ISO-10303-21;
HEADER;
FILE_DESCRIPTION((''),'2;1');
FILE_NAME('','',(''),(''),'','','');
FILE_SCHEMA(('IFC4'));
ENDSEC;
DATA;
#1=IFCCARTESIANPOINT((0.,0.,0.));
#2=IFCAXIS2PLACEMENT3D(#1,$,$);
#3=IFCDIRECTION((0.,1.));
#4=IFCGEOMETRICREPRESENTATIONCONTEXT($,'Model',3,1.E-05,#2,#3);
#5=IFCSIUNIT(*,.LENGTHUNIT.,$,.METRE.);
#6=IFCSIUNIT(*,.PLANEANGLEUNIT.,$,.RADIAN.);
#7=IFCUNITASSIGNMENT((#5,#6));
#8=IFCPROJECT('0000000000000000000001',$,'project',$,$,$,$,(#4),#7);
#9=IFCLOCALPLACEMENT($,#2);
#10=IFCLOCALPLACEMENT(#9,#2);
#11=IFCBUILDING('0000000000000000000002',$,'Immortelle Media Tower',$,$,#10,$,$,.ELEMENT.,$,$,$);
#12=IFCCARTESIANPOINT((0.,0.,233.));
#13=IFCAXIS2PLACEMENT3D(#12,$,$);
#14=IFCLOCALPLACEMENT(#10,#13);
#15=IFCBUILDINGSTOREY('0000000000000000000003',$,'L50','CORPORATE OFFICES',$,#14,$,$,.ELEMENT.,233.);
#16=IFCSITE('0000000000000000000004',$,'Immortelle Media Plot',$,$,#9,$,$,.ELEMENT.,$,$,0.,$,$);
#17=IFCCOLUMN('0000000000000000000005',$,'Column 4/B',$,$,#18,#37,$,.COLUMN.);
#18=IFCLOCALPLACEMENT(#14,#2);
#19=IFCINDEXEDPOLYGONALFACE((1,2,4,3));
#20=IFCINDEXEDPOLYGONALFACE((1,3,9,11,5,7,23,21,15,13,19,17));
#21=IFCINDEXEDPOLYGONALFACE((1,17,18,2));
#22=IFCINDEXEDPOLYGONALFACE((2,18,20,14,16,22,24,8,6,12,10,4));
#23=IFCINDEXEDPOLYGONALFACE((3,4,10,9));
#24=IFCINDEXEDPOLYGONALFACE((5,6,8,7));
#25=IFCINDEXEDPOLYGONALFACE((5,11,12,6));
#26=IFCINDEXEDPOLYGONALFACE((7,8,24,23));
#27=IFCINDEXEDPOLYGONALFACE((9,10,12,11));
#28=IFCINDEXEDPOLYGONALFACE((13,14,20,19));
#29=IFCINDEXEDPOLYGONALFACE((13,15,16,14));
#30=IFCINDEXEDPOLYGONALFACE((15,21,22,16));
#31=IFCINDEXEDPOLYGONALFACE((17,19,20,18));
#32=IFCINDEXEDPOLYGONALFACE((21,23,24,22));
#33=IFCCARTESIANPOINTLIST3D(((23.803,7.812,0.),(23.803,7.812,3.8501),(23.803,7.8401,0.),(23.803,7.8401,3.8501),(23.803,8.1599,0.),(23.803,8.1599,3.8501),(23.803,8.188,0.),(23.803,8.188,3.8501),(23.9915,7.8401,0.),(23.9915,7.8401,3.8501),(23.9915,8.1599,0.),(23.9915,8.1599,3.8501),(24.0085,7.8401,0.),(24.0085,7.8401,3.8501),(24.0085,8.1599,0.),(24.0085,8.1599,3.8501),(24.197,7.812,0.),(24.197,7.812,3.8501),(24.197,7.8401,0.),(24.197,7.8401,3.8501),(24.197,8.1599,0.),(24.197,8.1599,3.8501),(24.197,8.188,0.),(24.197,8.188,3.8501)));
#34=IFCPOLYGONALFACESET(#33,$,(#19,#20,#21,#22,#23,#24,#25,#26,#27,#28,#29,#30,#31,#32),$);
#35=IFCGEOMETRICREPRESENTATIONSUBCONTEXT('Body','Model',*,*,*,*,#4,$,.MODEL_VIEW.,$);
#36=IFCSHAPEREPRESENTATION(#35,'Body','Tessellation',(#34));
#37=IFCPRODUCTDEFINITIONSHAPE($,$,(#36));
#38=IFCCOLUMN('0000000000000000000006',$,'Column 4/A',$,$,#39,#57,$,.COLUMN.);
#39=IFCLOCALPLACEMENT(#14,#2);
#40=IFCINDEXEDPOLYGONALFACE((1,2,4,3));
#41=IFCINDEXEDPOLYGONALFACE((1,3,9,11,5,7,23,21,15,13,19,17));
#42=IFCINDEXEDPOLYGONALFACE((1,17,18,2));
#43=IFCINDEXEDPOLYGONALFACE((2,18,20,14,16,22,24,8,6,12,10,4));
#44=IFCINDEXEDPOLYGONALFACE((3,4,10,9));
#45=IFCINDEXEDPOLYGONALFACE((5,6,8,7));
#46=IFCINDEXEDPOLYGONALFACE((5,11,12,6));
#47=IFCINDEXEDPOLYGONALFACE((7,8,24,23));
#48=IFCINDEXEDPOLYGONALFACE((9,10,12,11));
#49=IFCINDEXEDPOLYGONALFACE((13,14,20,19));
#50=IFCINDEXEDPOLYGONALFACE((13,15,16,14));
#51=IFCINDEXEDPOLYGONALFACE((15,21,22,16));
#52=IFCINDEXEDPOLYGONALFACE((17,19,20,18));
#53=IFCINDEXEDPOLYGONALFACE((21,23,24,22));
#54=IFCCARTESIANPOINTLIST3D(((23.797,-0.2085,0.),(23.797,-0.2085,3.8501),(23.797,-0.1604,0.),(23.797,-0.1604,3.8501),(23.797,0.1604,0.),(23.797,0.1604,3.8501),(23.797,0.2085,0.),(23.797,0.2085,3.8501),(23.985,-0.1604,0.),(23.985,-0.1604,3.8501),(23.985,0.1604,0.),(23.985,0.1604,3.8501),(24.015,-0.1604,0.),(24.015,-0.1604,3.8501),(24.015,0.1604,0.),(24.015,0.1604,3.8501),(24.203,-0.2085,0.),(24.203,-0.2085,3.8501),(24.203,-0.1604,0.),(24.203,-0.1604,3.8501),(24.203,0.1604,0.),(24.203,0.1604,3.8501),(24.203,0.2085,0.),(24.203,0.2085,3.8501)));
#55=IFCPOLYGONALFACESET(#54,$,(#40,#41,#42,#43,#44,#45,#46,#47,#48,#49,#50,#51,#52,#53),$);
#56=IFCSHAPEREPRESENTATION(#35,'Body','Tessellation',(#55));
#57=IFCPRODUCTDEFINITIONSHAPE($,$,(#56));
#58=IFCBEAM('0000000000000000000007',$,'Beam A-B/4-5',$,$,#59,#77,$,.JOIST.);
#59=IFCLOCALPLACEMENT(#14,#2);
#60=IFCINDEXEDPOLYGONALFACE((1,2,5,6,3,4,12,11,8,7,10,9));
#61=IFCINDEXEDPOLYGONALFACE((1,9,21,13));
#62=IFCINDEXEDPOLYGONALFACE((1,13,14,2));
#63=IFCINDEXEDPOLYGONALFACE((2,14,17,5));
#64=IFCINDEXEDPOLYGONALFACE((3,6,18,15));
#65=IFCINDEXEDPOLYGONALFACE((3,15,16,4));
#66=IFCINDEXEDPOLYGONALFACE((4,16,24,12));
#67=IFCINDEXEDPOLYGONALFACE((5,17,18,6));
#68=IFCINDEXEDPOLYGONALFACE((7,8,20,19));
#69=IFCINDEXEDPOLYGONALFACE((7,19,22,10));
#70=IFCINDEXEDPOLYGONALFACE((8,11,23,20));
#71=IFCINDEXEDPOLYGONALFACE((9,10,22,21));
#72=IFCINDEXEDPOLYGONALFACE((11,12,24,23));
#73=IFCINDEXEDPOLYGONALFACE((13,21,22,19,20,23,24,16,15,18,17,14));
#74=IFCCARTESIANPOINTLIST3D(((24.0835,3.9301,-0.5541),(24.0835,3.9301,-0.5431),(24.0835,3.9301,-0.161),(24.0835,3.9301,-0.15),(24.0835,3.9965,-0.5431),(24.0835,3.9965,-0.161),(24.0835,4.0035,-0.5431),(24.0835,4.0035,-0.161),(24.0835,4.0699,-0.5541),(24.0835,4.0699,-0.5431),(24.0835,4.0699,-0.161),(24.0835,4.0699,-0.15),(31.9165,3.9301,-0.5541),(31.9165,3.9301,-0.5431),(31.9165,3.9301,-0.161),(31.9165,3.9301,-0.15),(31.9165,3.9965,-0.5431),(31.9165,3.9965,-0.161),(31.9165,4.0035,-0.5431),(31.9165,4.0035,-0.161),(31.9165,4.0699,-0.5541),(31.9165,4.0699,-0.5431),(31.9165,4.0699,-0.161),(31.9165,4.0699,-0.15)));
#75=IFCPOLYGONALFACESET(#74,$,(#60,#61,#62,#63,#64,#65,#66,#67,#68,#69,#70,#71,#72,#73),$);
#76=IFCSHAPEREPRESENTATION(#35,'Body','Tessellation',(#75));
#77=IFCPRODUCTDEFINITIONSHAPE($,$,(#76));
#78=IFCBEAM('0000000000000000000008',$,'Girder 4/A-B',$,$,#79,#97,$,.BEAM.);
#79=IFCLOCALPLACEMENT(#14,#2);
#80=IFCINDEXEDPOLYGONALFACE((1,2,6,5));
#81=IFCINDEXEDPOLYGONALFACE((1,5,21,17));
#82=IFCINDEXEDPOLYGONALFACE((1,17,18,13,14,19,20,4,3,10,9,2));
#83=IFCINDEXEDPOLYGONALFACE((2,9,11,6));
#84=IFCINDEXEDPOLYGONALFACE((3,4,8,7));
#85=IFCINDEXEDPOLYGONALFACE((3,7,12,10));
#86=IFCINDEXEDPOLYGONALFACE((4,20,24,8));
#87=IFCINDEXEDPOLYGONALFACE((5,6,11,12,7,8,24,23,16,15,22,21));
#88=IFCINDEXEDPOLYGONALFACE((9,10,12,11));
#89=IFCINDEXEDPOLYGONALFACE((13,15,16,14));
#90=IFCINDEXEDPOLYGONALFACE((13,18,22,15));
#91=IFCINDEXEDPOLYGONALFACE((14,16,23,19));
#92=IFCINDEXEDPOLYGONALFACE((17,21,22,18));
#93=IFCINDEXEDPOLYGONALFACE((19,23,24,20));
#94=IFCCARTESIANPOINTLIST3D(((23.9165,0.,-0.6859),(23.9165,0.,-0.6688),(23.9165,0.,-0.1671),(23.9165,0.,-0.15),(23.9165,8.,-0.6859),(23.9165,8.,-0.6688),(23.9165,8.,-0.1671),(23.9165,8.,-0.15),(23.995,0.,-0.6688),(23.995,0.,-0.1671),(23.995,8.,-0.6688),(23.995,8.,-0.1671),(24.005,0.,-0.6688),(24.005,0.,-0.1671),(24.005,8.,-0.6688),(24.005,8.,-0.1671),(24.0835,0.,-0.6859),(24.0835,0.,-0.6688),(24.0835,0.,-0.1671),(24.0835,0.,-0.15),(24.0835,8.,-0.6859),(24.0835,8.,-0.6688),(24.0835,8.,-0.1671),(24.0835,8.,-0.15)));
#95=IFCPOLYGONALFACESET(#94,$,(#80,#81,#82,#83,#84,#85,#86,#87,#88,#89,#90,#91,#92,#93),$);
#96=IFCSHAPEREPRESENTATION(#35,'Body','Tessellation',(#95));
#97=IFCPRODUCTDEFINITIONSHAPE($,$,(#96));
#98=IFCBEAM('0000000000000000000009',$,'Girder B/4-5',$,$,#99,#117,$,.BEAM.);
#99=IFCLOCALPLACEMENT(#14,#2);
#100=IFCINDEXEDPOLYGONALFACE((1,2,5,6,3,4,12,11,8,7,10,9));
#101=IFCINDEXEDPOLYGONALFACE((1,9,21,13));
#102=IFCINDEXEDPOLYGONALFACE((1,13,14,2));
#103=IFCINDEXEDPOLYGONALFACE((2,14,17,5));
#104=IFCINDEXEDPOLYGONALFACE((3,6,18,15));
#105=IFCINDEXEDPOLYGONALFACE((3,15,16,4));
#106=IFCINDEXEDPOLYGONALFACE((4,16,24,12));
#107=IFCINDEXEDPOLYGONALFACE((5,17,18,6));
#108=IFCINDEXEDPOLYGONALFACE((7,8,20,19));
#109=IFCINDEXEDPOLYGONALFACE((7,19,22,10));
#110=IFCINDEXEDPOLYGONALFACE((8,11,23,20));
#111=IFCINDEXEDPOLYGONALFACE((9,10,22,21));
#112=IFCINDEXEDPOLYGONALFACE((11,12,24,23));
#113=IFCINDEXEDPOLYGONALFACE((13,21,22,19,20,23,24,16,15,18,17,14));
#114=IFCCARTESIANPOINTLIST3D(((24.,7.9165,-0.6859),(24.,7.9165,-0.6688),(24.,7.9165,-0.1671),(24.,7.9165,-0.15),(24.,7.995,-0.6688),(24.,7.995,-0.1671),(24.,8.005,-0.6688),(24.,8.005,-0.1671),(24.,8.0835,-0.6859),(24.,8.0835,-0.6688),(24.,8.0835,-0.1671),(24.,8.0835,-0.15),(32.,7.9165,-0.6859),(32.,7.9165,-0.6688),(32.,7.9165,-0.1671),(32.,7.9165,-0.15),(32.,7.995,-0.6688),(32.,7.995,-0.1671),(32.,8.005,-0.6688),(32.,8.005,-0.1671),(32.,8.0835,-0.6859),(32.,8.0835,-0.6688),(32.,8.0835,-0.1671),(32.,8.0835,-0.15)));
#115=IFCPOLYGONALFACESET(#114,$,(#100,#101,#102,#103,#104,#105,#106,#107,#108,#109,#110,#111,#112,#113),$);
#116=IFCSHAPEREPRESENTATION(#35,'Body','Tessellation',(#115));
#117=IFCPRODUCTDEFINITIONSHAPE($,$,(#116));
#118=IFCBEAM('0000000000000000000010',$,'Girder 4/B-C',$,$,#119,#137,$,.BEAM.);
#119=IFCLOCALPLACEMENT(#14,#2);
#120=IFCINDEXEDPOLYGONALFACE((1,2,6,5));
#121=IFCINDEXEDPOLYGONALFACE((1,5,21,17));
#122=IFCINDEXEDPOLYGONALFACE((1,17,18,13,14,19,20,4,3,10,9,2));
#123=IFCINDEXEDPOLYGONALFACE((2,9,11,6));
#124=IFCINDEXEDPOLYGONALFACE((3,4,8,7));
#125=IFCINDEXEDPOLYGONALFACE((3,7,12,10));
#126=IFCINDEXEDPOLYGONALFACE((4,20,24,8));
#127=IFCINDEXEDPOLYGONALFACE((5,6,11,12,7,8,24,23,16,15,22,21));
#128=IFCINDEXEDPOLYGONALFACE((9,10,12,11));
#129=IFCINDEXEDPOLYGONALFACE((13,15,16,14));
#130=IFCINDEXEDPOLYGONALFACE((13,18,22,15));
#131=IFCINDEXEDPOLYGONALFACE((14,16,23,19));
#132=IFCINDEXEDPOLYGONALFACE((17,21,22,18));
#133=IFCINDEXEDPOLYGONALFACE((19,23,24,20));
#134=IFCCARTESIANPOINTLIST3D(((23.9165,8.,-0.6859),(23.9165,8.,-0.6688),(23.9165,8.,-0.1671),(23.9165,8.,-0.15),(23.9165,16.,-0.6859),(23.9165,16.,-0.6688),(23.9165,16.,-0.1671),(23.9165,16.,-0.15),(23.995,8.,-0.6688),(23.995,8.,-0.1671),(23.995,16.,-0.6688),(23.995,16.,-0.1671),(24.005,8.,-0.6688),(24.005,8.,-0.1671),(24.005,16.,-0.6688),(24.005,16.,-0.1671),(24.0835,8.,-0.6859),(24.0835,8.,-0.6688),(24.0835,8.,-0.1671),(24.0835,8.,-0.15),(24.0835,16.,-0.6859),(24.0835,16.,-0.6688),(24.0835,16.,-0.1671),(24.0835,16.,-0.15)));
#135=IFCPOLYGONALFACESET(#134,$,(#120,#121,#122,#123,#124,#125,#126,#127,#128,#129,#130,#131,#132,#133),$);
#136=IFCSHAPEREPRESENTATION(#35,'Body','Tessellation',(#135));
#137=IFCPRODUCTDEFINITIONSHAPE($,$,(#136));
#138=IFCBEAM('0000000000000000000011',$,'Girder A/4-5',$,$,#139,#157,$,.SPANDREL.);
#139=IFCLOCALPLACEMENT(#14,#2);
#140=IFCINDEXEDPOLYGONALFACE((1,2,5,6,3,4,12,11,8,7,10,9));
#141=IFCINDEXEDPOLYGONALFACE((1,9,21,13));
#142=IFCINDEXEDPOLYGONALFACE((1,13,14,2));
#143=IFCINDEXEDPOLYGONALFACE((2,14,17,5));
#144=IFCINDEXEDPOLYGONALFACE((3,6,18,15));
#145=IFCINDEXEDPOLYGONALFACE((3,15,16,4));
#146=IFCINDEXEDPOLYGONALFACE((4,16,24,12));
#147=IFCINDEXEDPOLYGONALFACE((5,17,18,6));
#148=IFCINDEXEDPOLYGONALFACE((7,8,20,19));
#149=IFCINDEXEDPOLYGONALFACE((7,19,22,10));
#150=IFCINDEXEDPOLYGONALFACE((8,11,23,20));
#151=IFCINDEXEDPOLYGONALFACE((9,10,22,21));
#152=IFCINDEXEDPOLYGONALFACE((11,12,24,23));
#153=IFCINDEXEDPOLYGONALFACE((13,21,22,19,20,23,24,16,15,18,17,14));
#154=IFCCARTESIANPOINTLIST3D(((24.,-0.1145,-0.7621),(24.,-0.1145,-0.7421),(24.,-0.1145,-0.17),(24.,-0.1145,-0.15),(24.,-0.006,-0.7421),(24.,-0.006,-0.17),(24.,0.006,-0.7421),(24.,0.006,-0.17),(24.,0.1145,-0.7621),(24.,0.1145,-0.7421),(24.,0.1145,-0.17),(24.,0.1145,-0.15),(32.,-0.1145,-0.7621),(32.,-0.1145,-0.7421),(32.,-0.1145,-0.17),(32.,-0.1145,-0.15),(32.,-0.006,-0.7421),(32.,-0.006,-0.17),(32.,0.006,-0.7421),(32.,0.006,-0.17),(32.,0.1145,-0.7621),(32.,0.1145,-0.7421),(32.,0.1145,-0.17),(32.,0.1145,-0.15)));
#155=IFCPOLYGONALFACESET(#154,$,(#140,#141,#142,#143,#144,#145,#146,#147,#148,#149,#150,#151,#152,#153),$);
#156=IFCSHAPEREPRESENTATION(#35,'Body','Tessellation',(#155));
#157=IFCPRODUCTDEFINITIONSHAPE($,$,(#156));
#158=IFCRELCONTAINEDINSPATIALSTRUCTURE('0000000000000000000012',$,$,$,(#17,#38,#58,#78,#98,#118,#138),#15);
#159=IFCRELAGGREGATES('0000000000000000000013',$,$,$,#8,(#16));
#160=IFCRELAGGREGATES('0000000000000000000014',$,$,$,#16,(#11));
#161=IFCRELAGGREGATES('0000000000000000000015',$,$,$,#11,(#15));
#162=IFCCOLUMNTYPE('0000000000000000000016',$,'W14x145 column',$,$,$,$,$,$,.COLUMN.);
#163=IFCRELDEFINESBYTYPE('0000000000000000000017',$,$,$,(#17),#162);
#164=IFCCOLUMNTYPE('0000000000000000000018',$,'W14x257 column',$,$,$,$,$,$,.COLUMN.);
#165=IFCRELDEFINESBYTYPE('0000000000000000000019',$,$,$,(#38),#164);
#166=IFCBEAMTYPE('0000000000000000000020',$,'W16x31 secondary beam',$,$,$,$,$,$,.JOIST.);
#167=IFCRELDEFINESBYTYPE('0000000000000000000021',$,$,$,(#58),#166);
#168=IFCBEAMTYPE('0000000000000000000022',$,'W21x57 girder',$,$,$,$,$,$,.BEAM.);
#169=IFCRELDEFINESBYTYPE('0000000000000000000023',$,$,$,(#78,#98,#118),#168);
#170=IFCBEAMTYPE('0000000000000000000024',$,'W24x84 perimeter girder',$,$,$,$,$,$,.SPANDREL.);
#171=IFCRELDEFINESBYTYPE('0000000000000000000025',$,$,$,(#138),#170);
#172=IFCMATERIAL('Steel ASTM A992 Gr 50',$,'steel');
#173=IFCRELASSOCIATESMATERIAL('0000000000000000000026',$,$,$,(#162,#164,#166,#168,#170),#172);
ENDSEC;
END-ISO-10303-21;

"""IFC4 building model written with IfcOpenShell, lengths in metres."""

from ifc_helpers import new_model, si_unit, direction, frame, origin, origin_2d, place, context, subcontext, project, spatial, i_section, extrude, material, material_profile, profile_set, type_object, element, save


model = new_model("IFC4")

# Units and contexts
model_context = context("Model", 3, precision=1e-05, world=origin(), true_north=direction((0.0, 1.0)))
body_context = subcontext(model_context, "Body", "Model", "MODEL_VIEW")
ifc_project = project(units=[si_unit("LENGTHUNIT", "METRE"), si_unit("PLANEANGLEUNIT", "RADIAN")], contexts=[model_context])

# Site, building, storey
site_placement = place(None, origin())
site = spatial("IfcSite", under=ifc_project, at=site_placement, Name="Immortelle Media Plot", CompositionType="ELEMENT", RefElevation=0.0)
building_placement = place(site_placement, origin())
building = spatial("IfcBuilding", under=site, at=building_placement, Name="Immortelle Media Tower", CompositionType="ELEMENT")
storey_placement = place(building_placement, frame((0.0, 0.0, 233.0)))
storey = spatial("IfcBuildingStorey", under=building, at=storey_placement, Name="L50", Description="CORPORATE OFFICES", CompositionType="ELEMENT", Elevation=233.0)

# Columns
ifc_material_1 = material(Name="Steel ASTM A992 Gr 50", Category="steel")
ifc_material_profile_1 = material_profile(ifc_material_1, i_section(OverallWidth=0.394, OverallDepth=0.376, WebThickness=0.0171, FlangeThickness=0.0281, at=origin_2d()), Name="W14x145")
ifc_profile_set_1 = profile_set([ifc_material_profile_1], Name="Steel ASTM A992 Gr 50")
column_type_1 = type_object("IfcColumnType", Name="W14x145 column", PredefinedType="COLUMN", material=ifc_profile_set_1)
column_1_placement = place(storey_placement, frame((24.0, 8.0, 0.0), z_axis=(0.0, 0.0, 1.0), x_axis=(1.0, 0.0, 0.0)))
element("IfcColumn", 1, at=column_1_placement, inside=storey, type_object=column_type_1, Name="Column 4/B", PredefinedType="COLUMN", context=body_context, shape_type="SweptSolid", body=[
    extrude(i_section(OverallWidth=0.394, OverallDepth=0.376, WebThickness=0.0171, FlangeThickness=0.0281, at=origin_2d()), origin(), (0.0, 0.0, 1.0), 3.8501),
])
ifc_material_profile_2 = material_profile(ifc_material_1, i_section(OverallWidth=0.406, OverallDepth=0.417, WebThickness=0.03, FlangeThickness=0.0481, at=origin_2d()), Name="W14x257")
ifc_profile_set_2 = profile_set([ifc_material_profile_2], Name="Steel ASTM A992 Gr 50")
column_type_2 = type_object("IfcColumnType", Name="W14x257 column", PredefinedType="COLUMN", material=ifc_profile_set_2)
column_2_placement = place(storey_placement, frame((24.0, 0.0, 0.0), z_axis=(0.0, 0.0, 1.0), x_axis=(1.0, 0.0, 0.0)))
element("IfcColumn", 2, at=column_2_placement, inside=storey, type_object=column_type_2, Name="Column 4/A", PredefinedType="COLUMN", context=body_context, shape_type="SweptSolid", body=[
    extrude(i_section(OverallWidth=0.406, OverallDepth=0.417, WebThickness=0.03, FlangeThickness=0.0481, at=origin_2d()), origin(), (0.0, 0.0, 1.0), 3.8501),
])

# Beams
ifc_material_profile_3 = material_profile(ifc_material_1, i_section(OverallWidth=0.1399, OverallDepth=0.4041, WebThickness=0.0071, FlangeThickness=0.011, at=origin_2d()), Name="W16x31")
ifc_profile_set_3 = profile_set([ifc_material_profile_3], Name="Steel ASTM A992 Gr 50")
beam_type_1 = type_object("IfcBeamType", Name="W16x31 secondary beam", PredefinedType="JOIST", material=ifc_profile_set_3)
beam_1_placement = place(storey_placement, frame((24.0835, 4.0, -0.3521), z_axis=(1.0, 0.0, 0.0), x_axis=(0.0, 1.0, 0.0)))
element("IfcBeam", 3, at=beam_1_placement, inside=storey, type_object=beam_type_1, Name="Beam A-B/4-5", PredefinedType="JOIST", context=body_context, shape_type="SweptSolid", body=[
    extrude(i_section(OverallWidth=0.1399, OverallDepth=0.4041, WebThickness=0.0071, FlangeThickness=0.011, at=origin_2d()), origin(), (0.0, 0.0, 1.0), 7.833),
])
ifc_material_profile_4 = material_profile(ifc_material_1, i_section(OverallWidth=0.167, OverallDepth=0.5359, WebThickness=0.01, FlangeThickness=0.0171, at=origin_2d()), Name="W21x57")
ifc_profile_set_4 = profile_set([ifc_material_profile_4], Name="Steel ASTM A992 Gr 50")
beam_type_2 = type_object("IfcBeamType", Name="W21x57 girder", PredefinedType="BEAM", material=ifc_profile_set_4)
for number, where, z_axis, x_axis, name in (
    (4, (24.0, 0.0, -0.418), (0.0, 1.0, 0.0), (-1.0, 0.0, 0.0), "Girder 4/A-B"),
    (5, (24.0, 8.0, -0.418), (1.0, 0.0, 0.0), (0.0, 1.0, 0.0), "Girder B/4-5"),
    (6, (24.0, 8.0, -0.418), (0.0, 1.0, 0.0), (-1.0, 0.0, 0.0), "Girder 4/B-C"),
):
    element("IfcBeam", number, at=place(storey_placement, frame(where, z_axis=z_axis, x_axis=x_axis)), inside=storey, type_object=beam_type_2, Name=name, PredefinedType="BEAM", context=body_context, shape_type="SweptSolid", body=[
        extrude(i_section(OverallWidth=0.167, OverallDepth=0.5359, WebThickness=0.01, FlangeThickness=0.0171, at=origin_2d()), origin(), (0.0, 0.0, 1.0), 8.0),
    ])
ifc_material_profile_5 = material_profile(ifc_material_1, i_section(OverallWidth=0.229, OverallDepth=0.6121, WebThickness=0.012, FlangeThickness=0.02, at=origin_2d()), Name="W24x84")
ifc_profile_set_5 = profile_set([ifc_material_profile_5], Name="Steel ASTM A992 Gr 50")
beam_type_3 = type_object("IfcBeamType", Name="W24x84 perimeter girder", PredefinedType="SPANDREL", material=ifc_profile_set_5)
beam_2_placement = place(storey_placement, frame((24.0, 0.0, -0.4561), z_axis=(1.0, 0.0, 0.0), x_axis=(0.0, 1.0, 0.0)))
element("IfcBeam", 7, at=beam_2_placement, inside=storey, type_object=beam_type_3, Name="Girder A/4-5", PredefinedType="SPANDREL", context=body_context, shape_type="SweptSolid", body=[
    extrude(i_section(OverallWidth=0.229, OverallDepth=0.6121, WebThickness=0.012, FlangeThickness=0.02, at=origin_2d()), origin(), (0.0, 0.0, 1.0), 8.0),
])

save(model, "model.ifc")
